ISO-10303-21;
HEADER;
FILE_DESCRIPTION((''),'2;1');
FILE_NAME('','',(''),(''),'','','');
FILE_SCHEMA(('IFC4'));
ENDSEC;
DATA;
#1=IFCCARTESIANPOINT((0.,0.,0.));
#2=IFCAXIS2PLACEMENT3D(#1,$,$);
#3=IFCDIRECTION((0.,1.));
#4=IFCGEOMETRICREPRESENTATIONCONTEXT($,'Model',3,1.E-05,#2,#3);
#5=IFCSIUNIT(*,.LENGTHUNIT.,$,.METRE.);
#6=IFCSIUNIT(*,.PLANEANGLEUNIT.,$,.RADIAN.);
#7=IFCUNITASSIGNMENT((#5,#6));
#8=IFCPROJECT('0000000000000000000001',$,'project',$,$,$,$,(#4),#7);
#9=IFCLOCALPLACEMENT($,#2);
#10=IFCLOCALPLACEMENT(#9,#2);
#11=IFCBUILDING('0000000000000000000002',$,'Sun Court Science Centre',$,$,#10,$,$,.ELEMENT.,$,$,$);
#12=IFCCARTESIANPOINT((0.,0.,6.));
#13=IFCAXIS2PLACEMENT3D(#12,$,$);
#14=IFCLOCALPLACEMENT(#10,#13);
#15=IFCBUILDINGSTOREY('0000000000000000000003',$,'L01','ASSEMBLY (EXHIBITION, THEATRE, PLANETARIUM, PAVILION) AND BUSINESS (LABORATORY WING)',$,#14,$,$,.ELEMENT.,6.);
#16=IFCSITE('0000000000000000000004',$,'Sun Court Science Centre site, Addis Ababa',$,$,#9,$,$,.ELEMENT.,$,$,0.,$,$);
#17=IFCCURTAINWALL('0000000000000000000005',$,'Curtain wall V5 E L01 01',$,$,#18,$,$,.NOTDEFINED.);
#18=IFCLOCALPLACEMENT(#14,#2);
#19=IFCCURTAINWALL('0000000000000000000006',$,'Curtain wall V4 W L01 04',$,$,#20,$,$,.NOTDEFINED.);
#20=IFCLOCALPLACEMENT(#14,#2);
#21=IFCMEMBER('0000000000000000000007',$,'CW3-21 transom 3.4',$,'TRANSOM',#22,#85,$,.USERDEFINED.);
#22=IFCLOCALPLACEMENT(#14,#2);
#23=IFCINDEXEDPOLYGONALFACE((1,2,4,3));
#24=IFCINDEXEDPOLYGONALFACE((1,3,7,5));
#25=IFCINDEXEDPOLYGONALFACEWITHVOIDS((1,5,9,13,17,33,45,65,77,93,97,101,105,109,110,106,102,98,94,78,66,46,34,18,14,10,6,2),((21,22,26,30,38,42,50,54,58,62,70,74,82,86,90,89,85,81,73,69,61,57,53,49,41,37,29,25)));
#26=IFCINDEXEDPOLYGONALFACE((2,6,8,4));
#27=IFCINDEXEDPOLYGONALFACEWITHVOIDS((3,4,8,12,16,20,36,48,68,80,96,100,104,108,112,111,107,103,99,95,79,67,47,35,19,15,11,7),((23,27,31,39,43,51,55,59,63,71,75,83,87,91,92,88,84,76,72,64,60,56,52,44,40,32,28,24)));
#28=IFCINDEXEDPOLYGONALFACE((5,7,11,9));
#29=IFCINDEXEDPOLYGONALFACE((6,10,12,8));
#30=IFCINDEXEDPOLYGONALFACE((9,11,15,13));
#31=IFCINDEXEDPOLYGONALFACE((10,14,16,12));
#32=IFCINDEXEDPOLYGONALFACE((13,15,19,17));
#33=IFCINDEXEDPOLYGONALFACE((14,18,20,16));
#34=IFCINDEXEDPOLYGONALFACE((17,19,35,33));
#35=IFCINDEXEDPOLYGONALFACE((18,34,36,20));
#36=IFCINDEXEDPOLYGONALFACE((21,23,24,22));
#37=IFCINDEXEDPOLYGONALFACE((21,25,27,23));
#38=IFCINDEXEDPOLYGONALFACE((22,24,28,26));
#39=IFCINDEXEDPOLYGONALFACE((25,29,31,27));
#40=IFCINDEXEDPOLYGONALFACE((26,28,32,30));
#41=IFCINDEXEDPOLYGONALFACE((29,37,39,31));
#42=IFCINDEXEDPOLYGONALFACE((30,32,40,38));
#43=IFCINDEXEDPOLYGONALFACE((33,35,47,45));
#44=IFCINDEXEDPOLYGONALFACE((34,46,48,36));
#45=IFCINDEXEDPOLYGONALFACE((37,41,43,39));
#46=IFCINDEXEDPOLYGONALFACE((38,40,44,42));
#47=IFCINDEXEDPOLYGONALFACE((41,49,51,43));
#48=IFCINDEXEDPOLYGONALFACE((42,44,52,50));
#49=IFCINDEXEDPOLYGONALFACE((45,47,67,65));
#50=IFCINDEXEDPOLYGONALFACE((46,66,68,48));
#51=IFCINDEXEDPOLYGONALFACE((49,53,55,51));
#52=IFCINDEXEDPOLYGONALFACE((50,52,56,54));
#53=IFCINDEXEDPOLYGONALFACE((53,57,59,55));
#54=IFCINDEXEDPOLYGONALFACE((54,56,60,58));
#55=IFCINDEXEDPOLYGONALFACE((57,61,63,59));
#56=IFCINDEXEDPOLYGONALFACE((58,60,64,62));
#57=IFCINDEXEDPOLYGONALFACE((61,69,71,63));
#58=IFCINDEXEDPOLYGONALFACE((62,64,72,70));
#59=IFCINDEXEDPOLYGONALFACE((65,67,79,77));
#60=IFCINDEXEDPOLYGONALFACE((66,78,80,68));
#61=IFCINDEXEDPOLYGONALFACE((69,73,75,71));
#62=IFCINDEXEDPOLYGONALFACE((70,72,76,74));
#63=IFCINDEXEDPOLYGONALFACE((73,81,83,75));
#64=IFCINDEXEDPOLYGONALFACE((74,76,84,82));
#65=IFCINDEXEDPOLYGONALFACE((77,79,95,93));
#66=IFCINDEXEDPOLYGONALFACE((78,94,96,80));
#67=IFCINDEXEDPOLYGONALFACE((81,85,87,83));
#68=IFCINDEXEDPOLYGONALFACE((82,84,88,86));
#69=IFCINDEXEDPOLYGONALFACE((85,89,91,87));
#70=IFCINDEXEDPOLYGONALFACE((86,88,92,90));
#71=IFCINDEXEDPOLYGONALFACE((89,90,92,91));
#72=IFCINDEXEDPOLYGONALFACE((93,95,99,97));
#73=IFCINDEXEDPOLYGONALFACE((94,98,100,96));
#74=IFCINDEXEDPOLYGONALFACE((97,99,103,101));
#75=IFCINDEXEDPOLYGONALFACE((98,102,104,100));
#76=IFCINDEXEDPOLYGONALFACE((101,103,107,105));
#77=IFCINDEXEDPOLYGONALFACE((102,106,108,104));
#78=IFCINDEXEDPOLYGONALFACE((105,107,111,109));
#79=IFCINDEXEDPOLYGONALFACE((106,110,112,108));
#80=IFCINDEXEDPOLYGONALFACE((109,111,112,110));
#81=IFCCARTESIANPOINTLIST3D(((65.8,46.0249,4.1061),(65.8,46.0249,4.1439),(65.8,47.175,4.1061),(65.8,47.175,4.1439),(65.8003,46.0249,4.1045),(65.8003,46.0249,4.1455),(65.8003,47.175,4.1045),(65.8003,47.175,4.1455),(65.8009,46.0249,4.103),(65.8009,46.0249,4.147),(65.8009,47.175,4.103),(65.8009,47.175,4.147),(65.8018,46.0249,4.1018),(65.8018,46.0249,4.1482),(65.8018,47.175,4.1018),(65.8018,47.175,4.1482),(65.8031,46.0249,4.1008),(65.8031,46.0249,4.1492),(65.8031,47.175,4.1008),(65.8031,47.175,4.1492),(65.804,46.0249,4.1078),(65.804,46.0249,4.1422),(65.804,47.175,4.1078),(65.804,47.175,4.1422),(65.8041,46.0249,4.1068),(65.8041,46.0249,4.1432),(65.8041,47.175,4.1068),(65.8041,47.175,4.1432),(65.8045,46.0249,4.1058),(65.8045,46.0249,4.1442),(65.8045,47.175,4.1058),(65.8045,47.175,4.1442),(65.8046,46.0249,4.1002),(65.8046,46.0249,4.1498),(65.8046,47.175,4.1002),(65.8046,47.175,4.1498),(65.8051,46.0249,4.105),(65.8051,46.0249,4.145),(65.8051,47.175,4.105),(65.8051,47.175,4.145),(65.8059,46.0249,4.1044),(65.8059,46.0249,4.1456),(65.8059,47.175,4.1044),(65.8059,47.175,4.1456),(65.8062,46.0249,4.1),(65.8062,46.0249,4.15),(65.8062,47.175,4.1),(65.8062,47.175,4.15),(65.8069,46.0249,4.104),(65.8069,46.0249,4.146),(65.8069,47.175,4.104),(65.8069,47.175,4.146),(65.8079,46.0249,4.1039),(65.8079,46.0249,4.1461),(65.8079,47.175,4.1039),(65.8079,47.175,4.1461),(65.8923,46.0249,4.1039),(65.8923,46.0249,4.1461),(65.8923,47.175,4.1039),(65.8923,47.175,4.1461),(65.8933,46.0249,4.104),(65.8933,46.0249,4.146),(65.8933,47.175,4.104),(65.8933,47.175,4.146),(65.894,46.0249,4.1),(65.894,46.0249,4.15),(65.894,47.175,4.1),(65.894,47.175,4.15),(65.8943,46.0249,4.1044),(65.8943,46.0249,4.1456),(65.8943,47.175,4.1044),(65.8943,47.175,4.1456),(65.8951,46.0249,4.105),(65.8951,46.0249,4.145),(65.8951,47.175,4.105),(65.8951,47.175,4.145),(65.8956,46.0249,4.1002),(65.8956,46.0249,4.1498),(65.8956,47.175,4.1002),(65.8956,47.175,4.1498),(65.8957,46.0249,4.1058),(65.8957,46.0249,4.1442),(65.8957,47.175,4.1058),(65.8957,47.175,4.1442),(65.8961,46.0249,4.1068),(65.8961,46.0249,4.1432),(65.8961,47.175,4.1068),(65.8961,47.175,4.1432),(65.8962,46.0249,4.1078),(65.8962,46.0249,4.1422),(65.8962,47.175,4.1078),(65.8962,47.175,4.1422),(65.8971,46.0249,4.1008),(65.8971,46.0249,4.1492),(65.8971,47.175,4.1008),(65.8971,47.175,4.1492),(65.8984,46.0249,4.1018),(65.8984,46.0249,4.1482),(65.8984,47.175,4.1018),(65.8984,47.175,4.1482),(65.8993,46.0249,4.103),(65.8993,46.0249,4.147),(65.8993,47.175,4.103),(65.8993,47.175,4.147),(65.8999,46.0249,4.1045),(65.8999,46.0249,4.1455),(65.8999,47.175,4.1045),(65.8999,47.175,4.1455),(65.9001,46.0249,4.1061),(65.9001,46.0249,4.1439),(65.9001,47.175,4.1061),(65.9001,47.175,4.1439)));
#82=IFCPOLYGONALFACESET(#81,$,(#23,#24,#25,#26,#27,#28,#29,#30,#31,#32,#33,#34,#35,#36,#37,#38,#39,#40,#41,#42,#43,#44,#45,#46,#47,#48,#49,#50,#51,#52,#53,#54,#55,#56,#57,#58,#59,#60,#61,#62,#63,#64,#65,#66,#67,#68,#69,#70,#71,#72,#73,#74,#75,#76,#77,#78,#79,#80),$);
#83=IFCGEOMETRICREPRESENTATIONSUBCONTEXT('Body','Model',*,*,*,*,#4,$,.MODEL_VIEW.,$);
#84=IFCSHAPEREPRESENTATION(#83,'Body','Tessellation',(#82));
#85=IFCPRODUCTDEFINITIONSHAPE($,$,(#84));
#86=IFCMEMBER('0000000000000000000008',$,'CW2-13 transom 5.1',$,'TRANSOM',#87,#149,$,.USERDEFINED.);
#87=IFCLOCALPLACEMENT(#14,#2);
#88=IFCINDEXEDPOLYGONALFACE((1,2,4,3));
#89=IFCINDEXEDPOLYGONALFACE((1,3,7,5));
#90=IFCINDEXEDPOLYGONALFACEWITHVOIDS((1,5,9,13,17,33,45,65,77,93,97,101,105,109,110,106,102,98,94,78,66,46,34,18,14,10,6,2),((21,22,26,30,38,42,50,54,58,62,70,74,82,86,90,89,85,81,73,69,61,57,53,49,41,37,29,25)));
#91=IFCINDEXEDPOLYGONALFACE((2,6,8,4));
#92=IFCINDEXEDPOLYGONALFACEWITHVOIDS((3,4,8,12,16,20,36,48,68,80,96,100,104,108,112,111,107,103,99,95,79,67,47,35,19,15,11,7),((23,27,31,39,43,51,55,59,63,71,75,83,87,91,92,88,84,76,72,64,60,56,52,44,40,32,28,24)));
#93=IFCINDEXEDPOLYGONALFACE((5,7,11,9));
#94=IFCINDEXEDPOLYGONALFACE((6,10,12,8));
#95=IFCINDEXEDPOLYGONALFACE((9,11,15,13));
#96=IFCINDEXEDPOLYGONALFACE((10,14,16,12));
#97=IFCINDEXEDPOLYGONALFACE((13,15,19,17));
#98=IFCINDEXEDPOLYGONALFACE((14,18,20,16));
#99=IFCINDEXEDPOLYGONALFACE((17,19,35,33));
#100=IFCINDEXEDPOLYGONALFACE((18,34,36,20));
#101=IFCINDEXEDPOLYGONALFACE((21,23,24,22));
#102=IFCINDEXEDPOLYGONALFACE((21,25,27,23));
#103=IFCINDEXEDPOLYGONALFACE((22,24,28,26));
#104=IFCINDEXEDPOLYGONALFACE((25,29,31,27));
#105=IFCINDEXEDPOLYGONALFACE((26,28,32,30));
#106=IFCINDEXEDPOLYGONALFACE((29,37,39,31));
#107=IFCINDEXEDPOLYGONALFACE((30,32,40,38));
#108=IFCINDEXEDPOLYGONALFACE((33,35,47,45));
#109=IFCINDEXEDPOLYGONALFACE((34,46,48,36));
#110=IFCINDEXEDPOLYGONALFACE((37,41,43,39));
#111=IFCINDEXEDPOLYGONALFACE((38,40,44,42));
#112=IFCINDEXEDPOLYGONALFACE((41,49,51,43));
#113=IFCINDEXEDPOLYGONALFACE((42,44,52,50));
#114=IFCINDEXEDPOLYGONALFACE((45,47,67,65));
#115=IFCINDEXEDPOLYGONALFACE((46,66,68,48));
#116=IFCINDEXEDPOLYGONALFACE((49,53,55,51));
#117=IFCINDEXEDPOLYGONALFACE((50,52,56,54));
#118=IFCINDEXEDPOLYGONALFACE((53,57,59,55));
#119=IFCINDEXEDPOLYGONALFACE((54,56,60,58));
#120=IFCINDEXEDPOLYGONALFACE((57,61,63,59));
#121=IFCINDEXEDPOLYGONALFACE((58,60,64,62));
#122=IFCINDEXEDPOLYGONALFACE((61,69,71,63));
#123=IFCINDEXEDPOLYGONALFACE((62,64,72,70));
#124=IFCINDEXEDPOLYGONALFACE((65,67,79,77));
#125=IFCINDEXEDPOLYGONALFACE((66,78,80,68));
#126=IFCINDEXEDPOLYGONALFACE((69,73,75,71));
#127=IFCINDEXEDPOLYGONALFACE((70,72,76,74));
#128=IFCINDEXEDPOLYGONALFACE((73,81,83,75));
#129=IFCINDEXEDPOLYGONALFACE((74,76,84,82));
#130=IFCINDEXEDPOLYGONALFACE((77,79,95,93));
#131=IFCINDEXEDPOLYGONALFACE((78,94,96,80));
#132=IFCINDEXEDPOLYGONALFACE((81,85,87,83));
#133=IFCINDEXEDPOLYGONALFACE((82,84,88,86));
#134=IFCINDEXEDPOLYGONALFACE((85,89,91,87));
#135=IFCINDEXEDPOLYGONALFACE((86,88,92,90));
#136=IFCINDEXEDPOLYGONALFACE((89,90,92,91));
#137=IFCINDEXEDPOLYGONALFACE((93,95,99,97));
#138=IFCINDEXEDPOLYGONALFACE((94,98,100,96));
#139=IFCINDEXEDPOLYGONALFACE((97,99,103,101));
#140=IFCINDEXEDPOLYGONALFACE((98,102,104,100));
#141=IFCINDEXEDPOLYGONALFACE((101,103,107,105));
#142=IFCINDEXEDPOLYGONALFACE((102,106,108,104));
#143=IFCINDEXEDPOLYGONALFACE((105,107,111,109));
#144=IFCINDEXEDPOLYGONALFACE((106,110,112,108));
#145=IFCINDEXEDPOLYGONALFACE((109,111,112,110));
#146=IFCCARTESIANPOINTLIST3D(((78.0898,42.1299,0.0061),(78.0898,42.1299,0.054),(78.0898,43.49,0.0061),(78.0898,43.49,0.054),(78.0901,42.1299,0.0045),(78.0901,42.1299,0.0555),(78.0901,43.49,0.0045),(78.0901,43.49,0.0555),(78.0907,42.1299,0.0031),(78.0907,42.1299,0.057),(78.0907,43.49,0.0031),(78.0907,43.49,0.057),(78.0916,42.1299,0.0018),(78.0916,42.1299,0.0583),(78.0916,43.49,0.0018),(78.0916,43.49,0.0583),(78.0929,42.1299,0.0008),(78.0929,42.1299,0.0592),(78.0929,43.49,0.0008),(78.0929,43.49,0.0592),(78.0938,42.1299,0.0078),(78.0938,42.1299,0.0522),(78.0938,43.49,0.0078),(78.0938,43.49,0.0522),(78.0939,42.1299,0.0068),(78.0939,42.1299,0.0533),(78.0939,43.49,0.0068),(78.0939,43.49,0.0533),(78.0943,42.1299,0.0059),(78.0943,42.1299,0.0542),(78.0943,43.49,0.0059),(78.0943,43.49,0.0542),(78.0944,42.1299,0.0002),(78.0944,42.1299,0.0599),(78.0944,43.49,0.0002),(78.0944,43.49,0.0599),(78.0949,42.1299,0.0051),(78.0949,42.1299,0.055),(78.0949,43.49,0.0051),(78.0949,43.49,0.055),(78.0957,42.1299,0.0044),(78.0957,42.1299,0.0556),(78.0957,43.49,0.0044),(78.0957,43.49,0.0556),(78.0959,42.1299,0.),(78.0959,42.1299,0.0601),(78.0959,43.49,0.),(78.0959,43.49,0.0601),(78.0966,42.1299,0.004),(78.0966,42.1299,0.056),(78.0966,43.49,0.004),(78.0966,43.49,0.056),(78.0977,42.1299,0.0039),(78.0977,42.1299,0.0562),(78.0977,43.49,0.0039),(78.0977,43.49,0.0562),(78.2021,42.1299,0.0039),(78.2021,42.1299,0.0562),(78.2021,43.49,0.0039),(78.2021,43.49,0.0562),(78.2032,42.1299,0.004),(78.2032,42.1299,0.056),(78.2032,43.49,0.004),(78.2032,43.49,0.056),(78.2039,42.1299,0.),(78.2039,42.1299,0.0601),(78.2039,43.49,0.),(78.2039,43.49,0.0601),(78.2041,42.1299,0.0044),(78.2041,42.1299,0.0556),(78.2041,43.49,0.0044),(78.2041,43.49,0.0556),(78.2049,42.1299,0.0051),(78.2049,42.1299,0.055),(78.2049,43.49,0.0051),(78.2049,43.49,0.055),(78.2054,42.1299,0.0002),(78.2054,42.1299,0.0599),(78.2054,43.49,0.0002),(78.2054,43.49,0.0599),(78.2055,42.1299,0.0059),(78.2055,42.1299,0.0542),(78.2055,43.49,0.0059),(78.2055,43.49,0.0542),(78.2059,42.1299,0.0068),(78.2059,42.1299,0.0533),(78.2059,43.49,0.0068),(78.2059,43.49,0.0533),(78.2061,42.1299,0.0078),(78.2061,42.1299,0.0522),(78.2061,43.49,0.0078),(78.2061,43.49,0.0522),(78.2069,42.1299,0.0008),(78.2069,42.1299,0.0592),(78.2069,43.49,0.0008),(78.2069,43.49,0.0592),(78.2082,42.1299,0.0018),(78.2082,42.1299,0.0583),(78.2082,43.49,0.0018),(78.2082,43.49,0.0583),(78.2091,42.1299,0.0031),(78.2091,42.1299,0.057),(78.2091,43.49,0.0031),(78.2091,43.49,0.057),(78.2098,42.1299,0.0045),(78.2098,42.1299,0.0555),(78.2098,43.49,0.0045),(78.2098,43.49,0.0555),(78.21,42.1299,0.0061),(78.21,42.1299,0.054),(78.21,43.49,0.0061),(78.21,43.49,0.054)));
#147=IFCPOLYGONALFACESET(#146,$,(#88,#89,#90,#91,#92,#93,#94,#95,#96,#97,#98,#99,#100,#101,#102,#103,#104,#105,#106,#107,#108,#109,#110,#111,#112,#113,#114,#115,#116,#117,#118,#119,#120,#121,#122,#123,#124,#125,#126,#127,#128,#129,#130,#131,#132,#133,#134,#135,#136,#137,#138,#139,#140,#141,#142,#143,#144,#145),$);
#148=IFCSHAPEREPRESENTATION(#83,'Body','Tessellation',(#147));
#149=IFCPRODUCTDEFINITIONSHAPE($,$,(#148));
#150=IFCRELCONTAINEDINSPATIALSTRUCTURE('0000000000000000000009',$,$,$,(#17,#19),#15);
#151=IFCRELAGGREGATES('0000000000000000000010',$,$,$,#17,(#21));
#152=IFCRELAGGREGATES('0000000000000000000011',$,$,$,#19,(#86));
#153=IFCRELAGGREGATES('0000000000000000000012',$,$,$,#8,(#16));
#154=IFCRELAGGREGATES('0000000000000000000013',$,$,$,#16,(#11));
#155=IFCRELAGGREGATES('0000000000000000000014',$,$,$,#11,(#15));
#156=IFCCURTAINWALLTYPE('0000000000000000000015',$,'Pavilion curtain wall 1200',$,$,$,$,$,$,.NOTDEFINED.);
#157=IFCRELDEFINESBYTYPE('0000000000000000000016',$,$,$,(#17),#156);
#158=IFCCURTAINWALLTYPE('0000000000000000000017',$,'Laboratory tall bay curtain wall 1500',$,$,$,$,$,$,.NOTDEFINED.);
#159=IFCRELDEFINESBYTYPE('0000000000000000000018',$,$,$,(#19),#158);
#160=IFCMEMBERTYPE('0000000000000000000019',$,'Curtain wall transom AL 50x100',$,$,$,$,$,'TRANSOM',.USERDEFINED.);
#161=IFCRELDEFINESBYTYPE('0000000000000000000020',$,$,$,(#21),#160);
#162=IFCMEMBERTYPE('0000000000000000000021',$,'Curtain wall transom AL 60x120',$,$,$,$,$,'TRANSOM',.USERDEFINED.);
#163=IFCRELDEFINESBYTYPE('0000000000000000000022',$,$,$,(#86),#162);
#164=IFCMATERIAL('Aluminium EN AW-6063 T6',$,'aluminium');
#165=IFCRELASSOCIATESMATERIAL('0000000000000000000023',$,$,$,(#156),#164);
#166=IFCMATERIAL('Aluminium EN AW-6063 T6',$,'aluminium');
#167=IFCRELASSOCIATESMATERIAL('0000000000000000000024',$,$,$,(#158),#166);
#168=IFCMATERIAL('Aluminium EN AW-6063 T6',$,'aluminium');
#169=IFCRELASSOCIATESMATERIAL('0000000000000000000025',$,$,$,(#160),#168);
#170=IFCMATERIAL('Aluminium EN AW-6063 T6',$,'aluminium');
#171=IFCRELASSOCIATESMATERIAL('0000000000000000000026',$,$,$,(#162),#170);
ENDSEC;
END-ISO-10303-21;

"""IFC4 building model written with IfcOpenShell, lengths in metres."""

from ifc_helpers import new_model, si_unit, direction, frame, origin, origin_2d, place, context, subcontext, project, spatial, hollow_rectangle, extrude, material, material_profile, profile_set, type_object, element, aggregate, save


model = new_model("IFC4")

# Units and contexts
model_context = context("Model", 3, precision=1e-05, world=origin(), true_north=direction((0.0, 1.0)))
body_context = subcontext(model_context, "Body", "Model", "MODEL_VIEW")
ifc_project = project(units=[si_unit("LENGTHUNIT", "METRE"), si_unit("PLANEANGLEUNIT", "RADIAN")], contexts=[model_context])

# Site, building, storey
site_placement = place(None, origin())
site = spatial("IfcSite", under=ifc_project, at=site_placement, Name="Sun Court Science Centre site, Addis Ababa", CompositionType="ELEMENT", RefElevation=0.0)
building_placement = place(site_placement, origin())
building = spatial("IfcBuilding", under=site, at=building_placement, Name="Sun Court Science Centre", CompositionType="ELEMENT")
storey_placement = place(building_placement, frame((0.0, 0.0, 6.0)))
storey = spatial("IfcBuildingStorey", under=building, at=storey_placement, Name="L01", Description="ASSEMBLY (EXHIBITION, THEATRE, PLANETARIUM, PAVILION) AND BUSINESS (LABORATORY WING)", CompositionType="ELEMENT", Elevation=6.0)

# Curtain wall
ifc_material_1 = material(Name="Aluminium EN AW-6063 T6", Category="aluminium")
curtain_wall_type_1 = type_object("IfcCurtainWallType", Name="Pavilion curtain wall 1200", PredefinedType="NOTDEFINED", material=ifc_material_1)
curtain_wall_1_placement = place(storey_placement, origin())
curtain_wall_1 = element("IfcCurtainWall", 1, at=curtain_wall_1_placement, inside=storey, type_object=curtain_wall_type_1, Name="Curtain wall V5 E L01 01", PredefinedType="NOTDEFINED")

# Curtain wall
ifc_material_2 = material(Name="Aluminium EN AW-6063 T6", Category="aluminium")
curtain_wall_type_2 = type_object("IfcCurtainWallType", Name="Laboratory tall bay curtain wall 1500", PredefinedType="NOTDEFINED", material=ifc_material_2)
curtain_wall_2_placement = place(storey_placement, origin())
curtain_wall_2 = element("IfcCurtainWall", 2, at=curtain_wall_2_placement, inside=storey, type_object=curtain_wall_type_2, Name="Curtain wall V4 W L01 04", PredefinedType="NOTDEFINED")

# Members
ifc_material_3 = material(Name="Aluminium EN AW-6063 T6", Category="aluminium")
ifc_material_profile_1 = material_profile(ifc_material_3, hollow_rectangle(XDim=0.05, YDim=0.1001, WallThickness=0.0039, InnerFilletRadius=0.0039, OuterFilletRadius=0.0061, at=origin_2d()), Name="AL 50x100x4")
ifc_profile_set_1 = profile_set([ifc_material_profile_1], Name="Aluminium EN AW-6063 T6")
member_type_1 = type_object("IfcMemberType", Name="Curtain wall transom AL 50x100", ElementType="TRANSOM", PredefinedType="USERDEFINED", material=ifc_profile_set_1)
member_1_placement = place(storey_placement, frame((65.8501, 47.175, 4.125), z_axis=(0.0, -1.0, 0.0), x_axis=(0.0, 0.0, 1.0)))
member_1 = element("IfcMember", 3, at=member_1_placement, type_object=member_type_1, Name="CW3-21 transom 3.4", ObjectType="TRANSOM", PredefinedType="USERDEFINED", context=body_context, shape_type="SweptSolid", body=[
    extrude(hollow_rectangle(XDim=0.05, YDim=0.1001, WallThickness=0.0039, InnerFilletRadius=0.0039, OuterFilletRadius=0.0061, at=origin_2d()), origin(), (0.0, 0.0, 1.0), 1.1501),
])
ifc_material_4 = material(Name="Aluminium EN AW-6063 T6", Category="aluminium")
ifc_material_profile_2 = material_profile(ifc_material_4, hollow_rectangle(XDim=0.0601, YDim=0.1201, WallThickness=0.0039, InnerFilletRadius=0.0039, OuterFilletRadius=0.0061, at=origin_2d()), Name="AL 60x120x4")
ifc_profile_set_2 = profile_set([ifc_material_profile_2], Name="Aluminium EN AW-6063 T6")
member_type_2 = type_object("IfcMemberType", Name="Curtain wall transom AL 60x120", ElementType="TRANSOM", PredefinedType="USERDEFINED", material=ifc_profile_set_2)
member_2_placement = place(storey_placement, frame((78.1499, 42.1299, 0.03), z_axis=(0.0, 1.0, 0.0), x_axis=(0.0, 0.0, 1.0)))
member_2 = element("IfcMember", 4, at=member_2_placement, type_object=member_type_2, Name="CW2-13 transom 5.1", ObjectType="TRANSOM", PredefinedType="USERDEFINED", context=body_context, shape_type="SweptSolid", body=[
    extrude(hollow_rectangle(XDim=0.0601, YDim=0.1201, WallThickness=0.0039, InnerFilletRadius=0.0039, OuterFilletRadius=0.0061, at=origin_2d()), origin(), (0.0, 0.0, 1.0), 1.3601),
])

aggregate(curtain_wall_1, [member_1])
aggregate(curtain_wall_2, [member_2])

save(model, "model.ifc")
